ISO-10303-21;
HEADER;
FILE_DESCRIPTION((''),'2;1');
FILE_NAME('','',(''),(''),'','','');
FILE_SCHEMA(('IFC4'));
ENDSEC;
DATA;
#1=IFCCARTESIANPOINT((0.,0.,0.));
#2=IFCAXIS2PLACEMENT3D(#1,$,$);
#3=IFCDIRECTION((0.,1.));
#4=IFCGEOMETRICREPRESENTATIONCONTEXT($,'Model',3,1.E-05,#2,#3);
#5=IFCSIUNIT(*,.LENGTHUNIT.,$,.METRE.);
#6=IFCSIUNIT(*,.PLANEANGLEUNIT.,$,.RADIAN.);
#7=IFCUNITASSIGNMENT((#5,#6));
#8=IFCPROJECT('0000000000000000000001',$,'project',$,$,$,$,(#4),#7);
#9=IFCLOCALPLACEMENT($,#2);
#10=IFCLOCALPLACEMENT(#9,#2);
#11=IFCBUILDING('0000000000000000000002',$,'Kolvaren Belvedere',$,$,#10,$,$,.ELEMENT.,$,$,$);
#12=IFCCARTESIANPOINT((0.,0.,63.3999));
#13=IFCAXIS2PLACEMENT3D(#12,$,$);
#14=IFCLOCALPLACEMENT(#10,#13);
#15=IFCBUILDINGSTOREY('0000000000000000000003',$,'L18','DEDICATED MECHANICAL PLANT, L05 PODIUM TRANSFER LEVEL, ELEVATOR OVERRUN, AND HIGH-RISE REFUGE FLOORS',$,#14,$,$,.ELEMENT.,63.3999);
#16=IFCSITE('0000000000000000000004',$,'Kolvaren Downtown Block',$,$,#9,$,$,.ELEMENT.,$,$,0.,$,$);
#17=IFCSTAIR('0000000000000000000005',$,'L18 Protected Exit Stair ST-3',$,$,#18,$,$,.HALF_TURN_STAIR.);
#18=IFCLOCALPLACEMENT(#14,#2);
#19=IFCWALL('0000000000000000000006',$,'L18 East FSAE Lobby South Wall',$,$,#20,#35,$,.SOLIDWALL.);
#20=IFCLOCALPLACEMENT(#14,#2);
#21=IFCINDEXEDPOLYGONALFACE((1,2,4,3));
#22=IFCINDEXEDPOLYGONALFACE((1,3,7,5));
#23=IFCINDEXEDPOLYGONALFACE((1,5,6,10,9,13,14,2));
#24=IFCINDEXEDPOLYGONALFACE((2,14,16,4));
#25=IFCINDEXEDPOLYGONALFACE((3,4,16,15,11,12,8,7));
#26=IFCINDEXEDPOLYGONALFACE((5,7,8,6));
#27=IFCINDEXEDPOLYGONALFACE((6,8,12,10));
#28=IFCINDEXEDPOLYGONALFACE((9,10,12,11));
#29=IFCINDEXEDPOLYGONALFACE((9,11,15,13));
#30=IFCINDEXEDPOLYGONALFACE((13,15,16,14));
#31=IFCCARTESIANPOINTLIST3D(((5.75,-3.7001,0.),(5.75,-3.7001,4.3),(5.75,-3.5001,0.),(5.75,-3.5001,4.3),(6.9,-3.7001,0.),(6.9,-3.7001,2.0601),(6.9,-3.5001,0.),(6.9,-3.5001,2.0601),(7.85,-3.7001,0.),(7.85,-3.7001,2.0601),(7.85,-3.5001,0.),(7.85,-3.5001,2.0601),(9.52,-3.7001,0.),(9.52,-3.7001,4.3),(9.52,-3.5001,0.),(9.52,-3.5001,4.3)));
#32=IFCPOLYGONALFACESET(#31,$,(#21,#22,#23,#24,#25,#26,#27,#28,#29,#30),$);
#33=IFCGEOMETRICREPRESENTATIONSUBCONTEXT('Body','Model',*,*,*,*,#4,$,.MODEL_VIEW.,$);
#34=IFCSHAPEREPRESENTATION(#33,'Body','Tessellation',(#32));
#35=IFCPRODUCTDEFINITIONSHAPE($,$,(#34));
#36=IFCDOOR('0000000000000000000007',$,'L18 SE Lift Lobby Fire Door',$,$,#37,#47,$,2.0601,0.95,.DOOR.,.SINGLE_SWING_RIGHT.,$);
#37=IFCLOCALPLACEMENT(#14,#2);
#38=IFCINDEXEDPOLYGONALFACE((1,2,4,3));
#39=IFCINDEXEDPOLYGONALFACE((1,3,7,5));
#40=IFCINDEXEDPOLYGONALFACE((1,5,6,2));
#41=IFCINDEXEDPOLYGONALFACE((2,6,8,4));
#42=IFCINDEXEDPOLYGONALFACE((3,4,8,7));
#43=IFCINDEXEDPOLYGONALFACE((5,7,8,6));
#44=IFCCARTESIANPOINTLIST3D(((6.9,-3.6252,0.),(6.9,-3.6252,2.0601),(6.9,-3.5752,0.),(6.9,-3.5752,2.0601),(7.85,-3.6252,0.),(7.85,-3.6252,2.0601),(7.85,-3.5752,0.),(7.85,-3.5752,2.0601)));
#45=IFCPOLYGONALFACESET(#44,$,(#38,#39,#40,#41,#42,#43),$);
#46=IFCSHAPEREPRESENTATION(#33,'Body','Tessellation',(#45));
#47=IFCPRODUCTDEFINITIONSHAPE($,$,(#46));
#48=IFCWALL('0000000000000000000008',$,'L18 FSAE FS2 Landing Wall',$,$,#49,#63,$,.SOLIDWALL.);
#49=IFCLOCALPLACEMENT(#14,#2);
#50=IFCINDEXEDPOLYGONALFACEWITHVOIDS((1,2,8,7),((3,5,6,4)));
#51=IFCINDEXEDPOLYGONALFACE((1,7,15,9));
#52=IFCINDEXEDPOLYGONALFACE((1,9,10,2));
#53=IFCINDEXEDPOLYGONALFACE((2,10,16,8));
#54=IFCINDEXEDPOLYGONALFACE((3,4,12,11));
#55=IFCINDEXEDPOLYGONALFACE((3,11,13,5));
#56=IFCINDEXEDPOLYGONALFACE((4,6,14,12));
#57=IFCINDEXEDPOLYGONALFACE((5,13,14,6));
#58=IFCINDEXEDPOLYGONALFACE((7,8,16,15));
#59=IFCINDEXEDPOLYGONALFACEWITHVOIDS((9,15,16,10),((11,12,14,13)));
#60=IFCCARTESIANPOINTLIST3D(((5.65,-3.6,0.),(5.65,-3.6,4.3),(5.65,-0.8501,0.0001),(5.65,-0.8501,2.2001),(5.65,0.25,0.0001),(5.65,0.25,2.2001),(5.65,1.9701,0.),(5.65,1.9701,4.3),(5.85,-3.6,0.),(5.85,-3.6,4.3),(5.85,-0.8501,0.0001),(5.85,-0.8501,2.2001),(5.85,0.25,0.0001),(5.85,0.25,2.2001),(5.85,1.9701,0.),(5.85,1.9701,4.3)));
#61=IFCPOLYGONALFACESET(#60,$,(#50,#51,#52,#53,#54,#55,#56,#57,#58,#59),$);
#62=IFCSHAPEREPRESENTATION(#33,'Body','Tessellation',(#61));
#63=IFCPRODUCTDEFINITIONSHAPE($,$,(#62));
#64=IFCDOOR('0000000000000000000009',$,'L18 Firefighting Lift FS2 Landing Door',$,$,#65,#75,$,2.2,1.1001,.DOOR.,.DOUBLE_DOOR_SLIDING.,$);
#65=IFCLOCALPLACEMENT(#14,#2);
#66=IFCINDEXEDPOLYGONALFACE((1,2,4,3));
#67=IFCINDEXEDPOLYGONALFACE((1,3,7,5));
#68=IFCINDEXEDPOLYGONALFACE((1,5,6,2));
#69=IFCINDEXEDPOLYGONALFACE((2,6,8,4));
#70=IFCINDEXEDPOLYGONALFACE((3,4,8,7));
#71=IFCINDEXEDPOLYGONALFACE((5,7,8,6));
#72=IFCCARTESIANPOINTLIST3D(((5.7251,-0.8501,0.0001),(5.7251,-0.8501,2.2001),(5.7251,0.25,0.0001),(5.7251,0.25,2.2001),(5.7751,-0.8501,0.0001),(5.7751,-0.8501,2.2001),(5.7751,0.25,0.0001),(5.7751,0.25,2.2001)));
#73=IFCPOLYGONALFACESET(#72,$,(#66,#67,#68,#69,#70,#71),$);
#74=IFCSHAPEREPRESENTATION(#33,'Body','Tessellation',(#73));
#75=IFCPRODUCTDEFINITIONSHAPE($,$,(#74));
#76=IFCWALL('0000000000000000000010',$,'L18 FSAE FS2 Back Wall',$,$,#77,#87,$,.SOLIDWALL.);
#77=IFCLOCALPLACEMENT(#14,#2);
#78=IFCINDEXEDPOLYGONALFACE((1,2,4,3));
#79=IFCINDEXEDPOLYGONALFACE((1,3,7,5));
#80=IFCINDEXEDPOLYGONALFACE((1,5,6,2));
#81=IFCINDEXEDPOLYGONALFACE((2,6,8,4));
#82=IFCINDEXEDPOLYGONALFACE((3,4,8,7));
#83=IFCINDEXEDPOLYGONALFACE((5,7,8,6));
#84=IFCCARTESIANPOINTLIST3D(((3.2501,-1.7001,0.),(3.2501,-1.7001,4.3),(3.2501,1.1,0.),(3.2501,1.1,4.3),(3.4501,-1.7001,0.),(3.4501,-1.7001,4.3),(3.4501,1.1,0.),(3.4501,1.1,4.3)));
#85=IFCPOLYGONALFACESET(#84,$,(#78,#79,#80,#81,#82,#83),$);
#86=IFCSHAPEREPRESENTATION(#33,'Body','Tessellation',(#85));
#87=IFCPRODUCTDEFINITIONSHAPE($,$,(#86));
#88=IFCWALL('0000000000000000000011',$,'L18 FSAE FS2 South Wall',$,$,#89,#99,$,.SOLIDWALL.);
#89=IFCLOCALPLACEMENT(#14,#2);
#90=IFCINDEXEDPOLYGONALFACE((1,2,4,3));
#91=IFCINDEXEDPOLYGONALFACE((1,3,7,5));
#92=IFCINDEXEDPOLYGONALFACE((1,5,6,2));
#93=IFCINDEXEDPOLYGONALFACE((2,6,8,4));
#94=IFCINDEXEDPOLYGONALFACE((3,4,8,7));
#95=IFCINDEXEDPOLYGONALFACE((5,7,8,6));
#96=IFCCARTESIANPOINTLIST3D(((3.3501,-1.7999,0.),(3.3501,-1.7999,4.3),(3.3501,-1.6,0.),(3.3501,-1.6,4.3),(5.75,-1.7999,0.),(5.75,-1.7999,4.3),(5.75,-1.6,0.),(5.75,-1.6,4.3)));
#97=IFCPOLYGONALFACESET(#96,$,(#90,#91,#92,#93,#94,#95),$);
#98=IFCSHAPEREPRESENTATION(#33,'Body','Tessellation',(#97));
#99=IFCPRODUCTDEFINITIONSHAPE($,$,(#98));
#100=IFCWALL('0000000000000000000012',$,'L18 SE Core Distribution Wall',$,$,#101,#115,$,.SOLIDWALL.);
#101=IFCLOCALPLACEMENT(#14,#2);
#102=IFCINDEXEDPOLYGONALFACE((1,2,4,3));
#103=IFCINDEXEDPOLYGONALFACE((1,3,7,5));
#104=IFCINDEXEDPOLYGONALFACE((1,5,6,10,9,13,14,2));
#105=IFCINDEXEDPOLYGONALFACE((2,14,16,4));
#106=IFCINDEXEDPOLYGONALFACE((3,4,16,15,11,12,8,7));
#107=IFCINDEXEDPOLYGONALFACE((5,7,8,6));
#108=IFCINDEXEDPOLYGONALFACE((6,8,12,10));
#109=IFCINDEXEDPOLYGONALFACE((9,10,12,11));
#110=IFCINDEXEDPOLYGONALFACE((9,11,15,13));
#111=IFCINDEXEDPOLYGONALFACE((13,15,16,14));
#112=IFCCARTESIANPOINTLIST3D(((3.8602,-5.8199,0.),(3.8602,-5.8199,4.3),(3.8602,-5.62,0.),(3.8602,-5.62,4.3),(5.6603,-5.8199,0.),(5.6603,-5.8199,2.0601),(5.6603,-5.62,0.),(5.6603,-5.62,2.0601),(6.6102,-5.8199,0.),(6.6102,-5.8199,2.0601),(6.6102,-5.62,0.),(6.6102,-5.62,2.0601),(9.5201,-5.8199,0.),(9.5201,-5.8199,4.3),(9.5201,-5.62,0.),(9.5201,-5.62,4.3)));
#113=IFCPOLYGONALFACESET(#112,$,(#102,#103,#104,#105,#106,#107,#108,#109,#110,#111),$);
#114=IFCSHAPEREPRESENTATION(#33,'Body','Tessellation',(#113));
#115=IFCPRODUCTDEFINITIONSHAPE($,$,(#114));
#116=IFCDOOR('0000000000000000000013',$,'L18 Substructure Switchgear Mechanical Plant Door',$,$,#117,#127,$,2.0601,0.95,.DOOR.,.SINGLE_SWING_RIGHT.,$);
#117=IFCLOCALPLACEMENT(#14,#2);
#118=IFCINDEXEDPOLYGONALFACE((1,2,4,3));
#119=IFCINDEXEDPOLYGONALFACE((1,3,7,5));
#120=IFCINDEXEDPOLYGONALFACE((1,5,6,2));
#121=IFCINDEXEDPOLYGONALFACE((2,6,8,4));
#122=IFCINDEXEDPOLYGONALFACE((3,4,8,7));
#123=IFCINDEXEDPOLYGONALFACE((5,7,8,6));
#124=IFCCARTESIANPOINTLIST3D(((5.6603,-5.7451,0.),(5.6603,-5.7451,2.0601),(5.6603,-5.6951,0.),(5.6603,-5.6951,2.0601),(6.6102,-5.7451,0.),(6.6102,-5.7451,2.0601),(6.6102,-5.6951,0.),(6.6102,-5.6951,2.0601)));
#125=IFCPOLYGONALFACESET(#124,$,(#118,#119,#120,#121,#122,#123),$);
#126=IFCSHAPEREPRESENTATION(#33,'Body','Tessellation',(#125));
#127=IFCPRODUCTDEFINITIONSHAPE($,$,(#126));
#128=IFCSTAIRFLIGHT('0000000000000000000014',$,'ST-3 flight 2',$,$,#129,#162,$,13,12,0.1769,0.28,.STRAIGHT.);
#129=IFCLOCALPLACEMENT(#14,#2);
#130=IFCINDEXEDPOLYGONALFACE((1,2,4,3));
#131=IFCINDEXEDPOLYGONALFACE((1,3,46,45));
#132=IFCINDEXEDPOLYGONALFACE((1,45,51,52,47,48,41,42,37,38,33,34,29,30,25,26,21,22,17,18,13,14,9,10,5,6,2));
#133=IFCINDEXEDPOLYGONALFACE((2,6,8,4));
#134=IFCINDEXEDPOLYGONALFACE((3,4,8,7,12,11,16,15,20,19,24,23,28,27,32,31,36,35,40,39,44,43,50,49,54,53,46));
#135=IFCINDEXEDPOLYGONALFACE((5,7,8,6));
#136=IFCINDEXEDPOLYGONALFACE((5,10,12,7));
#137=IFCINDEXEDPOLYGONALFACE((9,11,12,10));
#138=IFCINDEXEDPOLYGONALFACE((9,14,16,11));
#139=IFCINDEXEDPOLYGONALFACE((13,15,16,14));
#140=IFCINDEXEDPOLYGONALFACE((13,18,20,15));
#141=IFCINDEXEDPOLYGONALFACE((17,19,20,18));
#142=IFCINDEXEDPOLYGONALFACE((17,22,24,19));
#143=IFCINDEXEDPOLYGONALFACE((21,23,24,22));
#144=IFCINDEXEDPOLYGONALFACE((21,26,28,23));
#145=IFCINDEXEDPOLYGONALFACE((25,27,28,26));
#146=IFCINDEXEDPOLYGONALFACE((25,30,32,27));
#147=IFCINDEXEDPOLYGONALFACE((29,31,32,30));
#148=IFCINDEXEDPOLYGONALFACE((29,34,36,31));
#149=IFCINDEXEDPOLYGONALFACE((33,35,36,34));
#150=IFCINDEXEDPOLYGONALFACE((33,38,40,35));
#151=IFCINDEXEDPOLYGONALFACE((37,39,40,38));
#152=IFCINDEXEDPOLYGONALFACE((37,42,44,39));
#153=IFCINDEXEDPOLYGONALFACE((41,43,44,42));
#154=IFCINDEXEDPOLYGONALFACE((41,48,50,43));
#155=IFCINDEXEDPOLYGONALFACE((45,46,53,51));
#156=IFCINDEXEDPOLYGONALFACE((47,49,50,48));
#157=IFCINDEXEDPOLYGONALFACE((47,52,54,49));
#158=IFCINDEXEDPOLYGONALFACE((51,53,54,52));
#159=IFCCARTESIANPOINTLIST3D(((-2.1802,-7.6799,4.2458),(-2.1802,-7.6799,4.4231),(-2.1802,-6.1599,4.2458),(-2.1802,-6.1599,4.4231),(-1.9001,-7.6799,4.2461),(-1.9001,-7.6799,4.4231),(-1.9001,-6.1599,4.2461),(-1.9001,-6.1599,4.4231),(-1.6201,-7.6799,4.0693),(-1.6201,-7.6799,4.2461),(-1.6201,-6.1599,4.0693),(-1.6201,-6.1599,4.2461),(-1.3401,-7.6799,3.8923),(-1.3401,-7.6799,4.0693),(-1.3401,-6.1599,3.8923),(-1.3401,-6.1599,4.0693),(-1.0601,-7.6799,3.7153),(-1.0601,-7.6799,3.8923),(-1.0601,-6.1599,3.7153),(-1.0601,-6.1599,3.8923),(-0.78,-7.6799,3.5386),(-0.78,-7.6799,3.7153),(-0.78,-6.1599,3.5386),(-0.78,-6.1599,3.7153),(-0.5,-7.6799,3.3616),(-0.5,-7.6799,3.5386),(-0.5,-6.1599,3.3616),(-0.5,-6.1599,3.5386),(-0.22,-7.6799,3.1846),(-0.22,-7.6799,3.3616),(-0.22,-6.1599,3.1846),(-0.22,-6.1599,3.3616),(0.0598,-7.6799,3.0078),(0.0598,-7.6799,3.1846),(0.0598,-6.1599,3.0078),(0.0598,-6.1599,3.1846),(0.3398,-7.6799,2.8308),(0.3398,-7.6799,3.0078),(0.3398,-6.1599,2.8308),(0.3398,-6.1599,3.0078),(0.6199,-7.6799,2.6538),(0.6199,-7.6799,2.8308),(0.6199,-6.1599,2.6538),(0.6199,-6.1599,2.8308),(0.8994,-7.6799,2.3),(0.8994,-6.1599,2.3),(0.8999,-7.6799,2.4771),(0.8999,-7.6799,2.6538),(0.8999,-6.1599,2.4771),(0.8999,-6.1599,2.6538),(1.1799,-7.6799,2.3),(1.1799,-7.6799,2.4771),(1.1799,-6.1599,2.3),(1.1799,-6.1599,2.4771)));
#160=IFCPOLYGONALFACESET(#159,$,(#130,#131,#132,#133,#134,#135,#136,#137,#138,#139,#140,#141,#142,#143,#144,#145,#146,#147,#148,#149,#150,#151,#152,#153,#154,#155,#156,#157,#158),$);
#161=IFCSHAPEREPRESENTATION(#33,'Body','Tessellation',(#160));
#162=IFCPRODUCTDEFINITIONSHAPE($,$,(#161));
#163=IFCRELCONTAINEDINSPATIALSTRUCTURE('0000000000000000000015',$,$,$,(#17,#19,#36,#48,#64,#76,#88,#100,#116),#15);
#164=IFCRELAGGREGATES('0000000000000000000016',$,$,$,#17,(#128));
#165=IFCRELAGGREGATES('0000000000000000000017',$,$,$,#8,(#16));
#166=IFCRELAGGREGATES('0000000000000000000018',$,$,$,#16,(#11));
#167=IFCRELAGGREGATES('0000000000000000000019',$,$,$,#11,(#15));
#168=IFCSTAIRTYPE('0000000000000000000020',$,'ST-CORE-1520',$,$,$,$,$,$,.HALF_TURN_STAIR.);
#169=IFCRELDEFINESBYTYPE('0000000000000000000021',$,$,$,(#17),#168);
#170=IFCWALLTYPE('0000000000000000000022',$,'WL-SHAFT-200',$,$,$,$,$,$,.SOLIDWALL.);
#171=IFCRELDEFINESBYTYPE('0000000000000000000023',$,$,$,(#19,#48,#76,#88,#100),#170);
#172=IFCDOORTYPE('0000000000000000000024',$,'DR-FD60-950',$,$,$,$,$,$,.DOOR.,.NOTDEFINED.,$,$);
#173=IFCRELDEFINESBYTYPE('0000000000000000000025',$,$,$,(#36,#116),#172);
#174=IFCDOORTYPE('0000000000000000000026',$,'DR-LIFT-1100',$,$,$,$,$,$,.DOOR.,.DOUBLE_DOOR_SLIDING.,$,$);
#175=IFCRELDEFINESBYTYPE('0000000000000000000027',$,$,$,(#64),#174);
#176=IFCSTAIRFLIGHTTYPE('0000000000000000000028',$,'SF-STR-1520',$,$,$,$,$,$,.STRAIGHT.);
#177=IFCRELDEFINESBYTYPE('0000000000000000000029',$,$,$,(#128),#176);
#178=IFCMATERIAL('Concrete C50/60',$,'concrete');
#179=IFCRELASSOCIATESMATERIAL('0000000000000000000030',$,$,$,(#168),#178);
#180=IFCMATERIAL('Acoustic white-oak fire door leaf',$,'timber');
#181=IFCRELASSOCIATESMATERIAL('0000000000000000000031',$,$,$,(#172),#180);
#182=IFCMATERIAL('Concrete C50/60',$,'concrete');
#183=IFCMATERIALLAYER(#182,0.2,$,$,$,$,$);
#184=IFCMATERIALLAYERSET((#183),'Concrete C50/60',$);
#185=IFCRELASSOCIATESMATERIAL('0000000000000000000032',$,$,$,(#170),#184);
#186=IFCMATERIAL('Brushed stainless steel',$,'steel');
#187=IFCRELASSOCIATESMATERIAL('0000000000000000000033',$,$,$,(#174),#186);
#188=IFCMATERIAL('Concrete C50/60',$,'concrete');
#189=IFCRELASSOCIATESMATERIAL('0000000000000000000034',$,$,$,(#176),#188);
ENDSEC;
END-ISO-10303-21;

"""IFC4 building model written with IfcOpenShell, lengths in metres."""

from ifc_helpers import new_model, si_unit, direction, frame, frame_2d, origin, place, context, subcontext, project, spatial, polyline, rectangle, outline, extrude, material, layer, layer_set, type_object, element, fill, aggregate, save


model = new_model("IFC4")

# Units and contexts
model_context = context("Model", 3, precision=1e-05, world=origin(), true_north=direction((0.0, 1.0)))
body_context = subcontext(model_context, "Body", "Model", "MODEL_VIEW")
ifc_project = project(units=[si_unit("LENGTHUNIT", "METRE"), si_unit("PLANEANGLEUNIT", "RADIAN")], contexts=[model_context])

# Site, building, storey
site_placement = place(None, origin())
site = spatial("IfcSite", under=ifc_project, at=site_placement, Name="Kolvaren Downtown Block", CompositionType="ELEMENT", RefElevation=0.0)
building_placement = place(site_placement, origin())
building = spatial("IfcBuilding", under=site, at=building_placement, Name="Kolvaren Belvedere", CompositionType="ELEMENT")
storey_placement = place(building_placement, frame((0.0, 0.0, 63.3999)))
storey = spatial("IfcBuildingStorey", under=building, at=storey_placement, Name="L18", Description="DEDICATED MECHANICAL PLANT, L05 PODIUM TRANSFER LEVEL, ELEVATOR OVERRUN, AND HIGH-RISE REFUGE FLOORS", CompositionType="ELEMENT", Elevation=63.3999)

# Stair
ifc_material_1 = material(Name="Concrete C50/60", Category="concrete")
stair_type = type_object("IfcStairType", Name="ST-CORE-1520", PredefinedType="HALF_TURN_STAIR", material=ifc_material_1)
stair_1_placement = place(storey_placement, origin())
stair_1 = element("IfcStair", 1, at=stair_1_placement, inside=storey, type_object=stair_type, Name="L18 Protected Exit Stair ST-3", PredefinedType="HALF_TURN_STAIR")

# Walls, openings, doors
ifc_material_2 = material(Name="Acoustic white-oak fire door leaf", Category="timber")
door_type_1 = type_object("IfcDoorType", Name="DR-FD60-950", OperationType="NOTDEFINED", PredefinedType="DOOR", material=ifc_material_2)
ifc_material_3 = material(Name="Concrete C50/60", Category="concrete")
ifc_layer_1 = layer(ifc_material_3, 0.2)
ifc_layer_set_1 = layer_set([ifc_layer_1], Name="Concrete C50/60")
wall_type_1 = type_object("IfcWallType", Name="WL-SHAFT-200", PredefinedType="SOLIDWALL", material=ifc_layer_set_1)
wall_1_placement = place(storey_placement, frame((5.75, -3.6001, 0.0), z_axis=(0.0, 0.0, 1.0), x_axis=(1.0, 0.0, 0.0)))
wall_1 = element("IfcWall", 2, at=wall_1_placement, inside=storey, type_object=wall_type_1, Name="L18 East FSAE Lobby South Wall", PredefinedType="SOLIDWALL", context=body_context, shape_type="SweptSolid", body=[
    extrude(rectangle(XDim=3.77, YDim=0.2, at=frame_2d((1.885, 0.0))), origin(), (0.0, 0.0, 1.0), 4.3),
])
opening_1_placement = place(wall_1_placement, frame((1.1499, 0.0, 0.0)))
opening_1 = element("IfcOpeningElement", 3, at=opening_1_placement, cuts=wall_1, PredefinedType="OPENING", context=body_context, shape_type="SweptSolid", body=[
    extrude(rectangle(XDim=0.95, YDim=2.0601, at=frame_2d((0.4751, 1.03))), frame((0.0, 0.1099, 0.0), z_axis=(0.0, -1.0, 0.0), x_axis=(1.0, 0.0, 0.0)), (0.0, 0.0, 1.0), 0.22),
])
door_1_placement = place(opening_1_placement, origin())
door_1 = element("IfcDoor", 4, at=door_1_placement, inside=storey, type_object=door_type_1, Name="L18 SE Lift Lobby Fire Door", OperationType="SINGLE_SWING_RIGHT", OverallHeight=2.0601, OverallWidth=0.95, PredefinedType="DOOR", context=body_context, shape_type="SweptSolid", body=[
    extrude(rectangle(XDim=0.95, YDim=2.0601, at=frame_2d((0.4751, 1.03))), frame((0.0, 0.0249, 0.0), z_axis=(0.0, -1.0, 0.0), x_axis=(1.0, 0.0, 0.0)), (0.0, 0.0, 1.0), 0.05),
])
fill(opening_1, door_1)
wall_2_placement = place(storey_placement, frame((5.75, -3.6001, 0.0), z_axis=(0.0, 0.0, 1.0), x_axis=(0.0, 1.0, 0.0)))
wall_2 = element("IfcWall", 5, at=wall_2_placement, inside=storey, type_object=wall_type_1, Name="L18 FSAE FS2 Landing Wall", PredefinedType="SOLIDWALL", context=body_context, shape_type="SweptSolid", body=[
    extrude(rectangle(XDim=5.5701, YDim=0.2, at=frame_2d((2.7852, 0.0))), origin(), (0.0, 0.0, 1.0), 4.3),
])
opening_2_placement = place(wall_2_placement, frame((2.75, 0.0, 0.0)))
opening_2 = element("IfcOpeningElement", 6, at=opening_2_placement, cuts=wall_2, PredefinedType="OPENING", context=body_context, shape_type="SweptSolid", body=[
    extrude(rectangle(XDim=1.1001, YDim=2.2, at=frame_2d((0.55, 1.1001))), frame((0.0, 0.1099, 0.0), z_axis=(0.0, -1.0, 0.0), x_axis=(1.0, 0.0, 0.0)), (0.0, 0.0, 1.0), 0.22),
])
ifc_material_4 = material(Name="Brushed stainless steel", Category="steel")
door_type_2 = type_object("IfcDoorType", Name="DR-LIFT-1100", OperationType="DOUBLE_DOOR_SLIDING", PredefinedType="DOOR", material=ifc_material_4)
door_2_placement = place(opening_2_placement, origin())
door_2 = element("IfcDoor", 7, at=door_2_placement, inside=storey, type_object=door_type_2, Name="L18 Firefighting Lift FS2 Landing Door", OperationType="DOUBLE_DOOR_SLIDING", OverallHeight=2.2, OverallWidth=1.1001, PredefinedType="DOOR", context=body_context, shape_type="SweptSolid", body=[
    extrude(rectangle(XDim=1.1001, YDim=2.2, at=frame_2d((0.55, 1.1001))), frame((0.0, 0.0249, 0.0), z_axis=(0.0, -1.0, 0.0), x_axis=(1.0, 0.0, 0.0)), (0.0, 0.0, 1.0), 0.05),
])
fill(opening_2, door_2)

# Walls
wall_3_placement = place(storey_placement, frame((3.3501, -1.7, 0.0), z_axis=(0.0, 0.0, 1.0), x_axis=(0.0, 1.0, 0.0)))
element("IfcWall", 8, at=wall_3_placement, inside=storey, type_object=wall_type_1, Name="L18 FSAE FS2 Back Wall", PredefinedType="SOLIDWALL", context=body_context, shape_type="SweptSolid", body=[
    extrude(rectangle(XDim=2.8, YDim=0.2, at=frame_2d((1.3999, 0.0))), origin(), (0.0, 0.0, 1.0), 4.3),
])
wall_4_placement = place(storey_placement, frame((3.3501, -1.7, 0.0), z_axis=(0.0, 0.0, 1.0), x_axis=(1.0, 0.0, 0.0)))
element("IfcWall", 9, at=wall_4_placement, inside=storey, type_object=wall_type_1, Name="L18 FSAE FS2 South Wall", PredefinedType="SOLIDWALL", context=body_context, shape_type="SweptSolid", body=[
    extrude(rectangle(XDim=2.3999, YDim=0.2, at=frame_2d((1.2, 0.0))), origin(), (0.0, 0.0, 1.0), 4.3),
])

# Wall, opening, door
wall_5_placement = place(storey_placement, frame((3.8601, -5.72, 0.0), z_axis=(0.0, 0.0, 1.0), x_axis=(1.0, 0.0, 0.0)))
wall_5 = element("IfcWall", 10, at=wall_5_placement, inside=storey, type_object=wall_type_1, Name="L18 SE Core Distribution Wall", PredefinedType="SOLIDWALL", context=body_context, shape_type="SweptSolid", body=[
    extrude(rectangle(XDim=5.6599, YDim=0.2, at=frame_2d((2.8301, 0.0))), origin(), (0.0, 0.0, 1.0), 4.3),
])
opening_3_placement = place(wall_5_placement, frame((1.8, 0.0, 0.0)))
opening_3 = element("IfcOpeningElement", 11, at=opening_3_placement, cuts=wall_5, PredefinedType="OPENING", context=body_context, shape_type="SweptSolid", body=[
    extrude(rectangle(XDim=0.95, YDim=2.0601, at=frame_2d((0.4751, 1.03))), frame((0.0, 0.1099, 0.0), z_axis=(0.0, -1.0, 0.0), x_axis=(1.0, 0.0, 0.0)), (0.0, 0.0, 1.0), 0.22),
])
door_3_placement = place(opening_3_placement, origin())
door_3 = element("IfcDoor", 12, at=door_3_placement, inside=storey, type_object=door_type_1, Name="L18 Substructure Switchgear Mechanical Plant Door", OperationType="SINGLE_SWING_RIGHT", OverallHeight=2.0601, OverallWidth=0.95, PredefinedType="DOOR", context=body_context, shape_type="SweptSolid", body=[
    extrude(rectangle(XDim=0.95, YDim=2.0601, at=frame_2d((0.4751, 1.03))), frame((0.0, 0.0249, 0.0), z_axis=(0.0, -1.0, 0.0), x_axis=(1.0, 0.0, 0.0)), (0.0, 0.0, 1.0), 0.05),
])
fill(opening_3, door_3)

# Stair flight
ifc_material_5 = material(Name="Concrete C50/60", Category="concrete")
stair_flight_type = type_object("IfcStairFlightType", Name="SF-STR-1520", PredefinedType="STRAIGHT", material=ifc_material_5)
stair_flight_placement = place(storey_placement, frame((1.1799, -6.9199, 2.3), z_axis=(0.0, 0.0, 1.0), x_axis=(-1.0, 0.0, 0.0)))
stair_flight = element("IfcStairFlight", 13, at=stair_flight_placement, type_object=stair_flight_type, Name="ST-3 flight 2", NumberOfRisers=13, NumberOfTreads=12, PredefinedType="STRAIGHT", RiserHeight=0.1769, TreadLength=0.28, context=body_context, shape_type="SweptSolid", body=[
    extrude(outline(polyline([(0.0, 0.0), (0.0, 0.177), (0.28, 0.177), (0.28, 0.3538), (0.5601, 0.3538), (0.5601, 0.5308), (0.8401, 0.5308), (0.8401, 0.7078), (1.1201, 0.7078), (1.1201, 0.8845), (1.3999, 0.8845), (1.3999, 1.0615), (1.6799, 1.0615), (1.6799, 1.2385), (1.96, 1.2385), (1.96, 1.4153), (2.24, 1.4153), (2.24, 1.5923), (2.52, 1.5923), (2.52, 1.7693), (2.8, 1.7693), (2.8, 1.946), (3.0801, 1.946), (3.0801, 2.123), (3.3601, 2.123), (3.3601, 2.3), (3.3601, 1.9458), (0.2805, 0.0), (0.0, 0.0)])), frame((0.0, 0.76, 0.0), z_axis=(0.0, -1.0, 0.0), x_axis=(1.0, 0.0, 0.0)), (0.0, 0.0, 1.0), 1.52),
])
aggregate(stair_1, [stair_flight])

save(model, "model.ifc")
